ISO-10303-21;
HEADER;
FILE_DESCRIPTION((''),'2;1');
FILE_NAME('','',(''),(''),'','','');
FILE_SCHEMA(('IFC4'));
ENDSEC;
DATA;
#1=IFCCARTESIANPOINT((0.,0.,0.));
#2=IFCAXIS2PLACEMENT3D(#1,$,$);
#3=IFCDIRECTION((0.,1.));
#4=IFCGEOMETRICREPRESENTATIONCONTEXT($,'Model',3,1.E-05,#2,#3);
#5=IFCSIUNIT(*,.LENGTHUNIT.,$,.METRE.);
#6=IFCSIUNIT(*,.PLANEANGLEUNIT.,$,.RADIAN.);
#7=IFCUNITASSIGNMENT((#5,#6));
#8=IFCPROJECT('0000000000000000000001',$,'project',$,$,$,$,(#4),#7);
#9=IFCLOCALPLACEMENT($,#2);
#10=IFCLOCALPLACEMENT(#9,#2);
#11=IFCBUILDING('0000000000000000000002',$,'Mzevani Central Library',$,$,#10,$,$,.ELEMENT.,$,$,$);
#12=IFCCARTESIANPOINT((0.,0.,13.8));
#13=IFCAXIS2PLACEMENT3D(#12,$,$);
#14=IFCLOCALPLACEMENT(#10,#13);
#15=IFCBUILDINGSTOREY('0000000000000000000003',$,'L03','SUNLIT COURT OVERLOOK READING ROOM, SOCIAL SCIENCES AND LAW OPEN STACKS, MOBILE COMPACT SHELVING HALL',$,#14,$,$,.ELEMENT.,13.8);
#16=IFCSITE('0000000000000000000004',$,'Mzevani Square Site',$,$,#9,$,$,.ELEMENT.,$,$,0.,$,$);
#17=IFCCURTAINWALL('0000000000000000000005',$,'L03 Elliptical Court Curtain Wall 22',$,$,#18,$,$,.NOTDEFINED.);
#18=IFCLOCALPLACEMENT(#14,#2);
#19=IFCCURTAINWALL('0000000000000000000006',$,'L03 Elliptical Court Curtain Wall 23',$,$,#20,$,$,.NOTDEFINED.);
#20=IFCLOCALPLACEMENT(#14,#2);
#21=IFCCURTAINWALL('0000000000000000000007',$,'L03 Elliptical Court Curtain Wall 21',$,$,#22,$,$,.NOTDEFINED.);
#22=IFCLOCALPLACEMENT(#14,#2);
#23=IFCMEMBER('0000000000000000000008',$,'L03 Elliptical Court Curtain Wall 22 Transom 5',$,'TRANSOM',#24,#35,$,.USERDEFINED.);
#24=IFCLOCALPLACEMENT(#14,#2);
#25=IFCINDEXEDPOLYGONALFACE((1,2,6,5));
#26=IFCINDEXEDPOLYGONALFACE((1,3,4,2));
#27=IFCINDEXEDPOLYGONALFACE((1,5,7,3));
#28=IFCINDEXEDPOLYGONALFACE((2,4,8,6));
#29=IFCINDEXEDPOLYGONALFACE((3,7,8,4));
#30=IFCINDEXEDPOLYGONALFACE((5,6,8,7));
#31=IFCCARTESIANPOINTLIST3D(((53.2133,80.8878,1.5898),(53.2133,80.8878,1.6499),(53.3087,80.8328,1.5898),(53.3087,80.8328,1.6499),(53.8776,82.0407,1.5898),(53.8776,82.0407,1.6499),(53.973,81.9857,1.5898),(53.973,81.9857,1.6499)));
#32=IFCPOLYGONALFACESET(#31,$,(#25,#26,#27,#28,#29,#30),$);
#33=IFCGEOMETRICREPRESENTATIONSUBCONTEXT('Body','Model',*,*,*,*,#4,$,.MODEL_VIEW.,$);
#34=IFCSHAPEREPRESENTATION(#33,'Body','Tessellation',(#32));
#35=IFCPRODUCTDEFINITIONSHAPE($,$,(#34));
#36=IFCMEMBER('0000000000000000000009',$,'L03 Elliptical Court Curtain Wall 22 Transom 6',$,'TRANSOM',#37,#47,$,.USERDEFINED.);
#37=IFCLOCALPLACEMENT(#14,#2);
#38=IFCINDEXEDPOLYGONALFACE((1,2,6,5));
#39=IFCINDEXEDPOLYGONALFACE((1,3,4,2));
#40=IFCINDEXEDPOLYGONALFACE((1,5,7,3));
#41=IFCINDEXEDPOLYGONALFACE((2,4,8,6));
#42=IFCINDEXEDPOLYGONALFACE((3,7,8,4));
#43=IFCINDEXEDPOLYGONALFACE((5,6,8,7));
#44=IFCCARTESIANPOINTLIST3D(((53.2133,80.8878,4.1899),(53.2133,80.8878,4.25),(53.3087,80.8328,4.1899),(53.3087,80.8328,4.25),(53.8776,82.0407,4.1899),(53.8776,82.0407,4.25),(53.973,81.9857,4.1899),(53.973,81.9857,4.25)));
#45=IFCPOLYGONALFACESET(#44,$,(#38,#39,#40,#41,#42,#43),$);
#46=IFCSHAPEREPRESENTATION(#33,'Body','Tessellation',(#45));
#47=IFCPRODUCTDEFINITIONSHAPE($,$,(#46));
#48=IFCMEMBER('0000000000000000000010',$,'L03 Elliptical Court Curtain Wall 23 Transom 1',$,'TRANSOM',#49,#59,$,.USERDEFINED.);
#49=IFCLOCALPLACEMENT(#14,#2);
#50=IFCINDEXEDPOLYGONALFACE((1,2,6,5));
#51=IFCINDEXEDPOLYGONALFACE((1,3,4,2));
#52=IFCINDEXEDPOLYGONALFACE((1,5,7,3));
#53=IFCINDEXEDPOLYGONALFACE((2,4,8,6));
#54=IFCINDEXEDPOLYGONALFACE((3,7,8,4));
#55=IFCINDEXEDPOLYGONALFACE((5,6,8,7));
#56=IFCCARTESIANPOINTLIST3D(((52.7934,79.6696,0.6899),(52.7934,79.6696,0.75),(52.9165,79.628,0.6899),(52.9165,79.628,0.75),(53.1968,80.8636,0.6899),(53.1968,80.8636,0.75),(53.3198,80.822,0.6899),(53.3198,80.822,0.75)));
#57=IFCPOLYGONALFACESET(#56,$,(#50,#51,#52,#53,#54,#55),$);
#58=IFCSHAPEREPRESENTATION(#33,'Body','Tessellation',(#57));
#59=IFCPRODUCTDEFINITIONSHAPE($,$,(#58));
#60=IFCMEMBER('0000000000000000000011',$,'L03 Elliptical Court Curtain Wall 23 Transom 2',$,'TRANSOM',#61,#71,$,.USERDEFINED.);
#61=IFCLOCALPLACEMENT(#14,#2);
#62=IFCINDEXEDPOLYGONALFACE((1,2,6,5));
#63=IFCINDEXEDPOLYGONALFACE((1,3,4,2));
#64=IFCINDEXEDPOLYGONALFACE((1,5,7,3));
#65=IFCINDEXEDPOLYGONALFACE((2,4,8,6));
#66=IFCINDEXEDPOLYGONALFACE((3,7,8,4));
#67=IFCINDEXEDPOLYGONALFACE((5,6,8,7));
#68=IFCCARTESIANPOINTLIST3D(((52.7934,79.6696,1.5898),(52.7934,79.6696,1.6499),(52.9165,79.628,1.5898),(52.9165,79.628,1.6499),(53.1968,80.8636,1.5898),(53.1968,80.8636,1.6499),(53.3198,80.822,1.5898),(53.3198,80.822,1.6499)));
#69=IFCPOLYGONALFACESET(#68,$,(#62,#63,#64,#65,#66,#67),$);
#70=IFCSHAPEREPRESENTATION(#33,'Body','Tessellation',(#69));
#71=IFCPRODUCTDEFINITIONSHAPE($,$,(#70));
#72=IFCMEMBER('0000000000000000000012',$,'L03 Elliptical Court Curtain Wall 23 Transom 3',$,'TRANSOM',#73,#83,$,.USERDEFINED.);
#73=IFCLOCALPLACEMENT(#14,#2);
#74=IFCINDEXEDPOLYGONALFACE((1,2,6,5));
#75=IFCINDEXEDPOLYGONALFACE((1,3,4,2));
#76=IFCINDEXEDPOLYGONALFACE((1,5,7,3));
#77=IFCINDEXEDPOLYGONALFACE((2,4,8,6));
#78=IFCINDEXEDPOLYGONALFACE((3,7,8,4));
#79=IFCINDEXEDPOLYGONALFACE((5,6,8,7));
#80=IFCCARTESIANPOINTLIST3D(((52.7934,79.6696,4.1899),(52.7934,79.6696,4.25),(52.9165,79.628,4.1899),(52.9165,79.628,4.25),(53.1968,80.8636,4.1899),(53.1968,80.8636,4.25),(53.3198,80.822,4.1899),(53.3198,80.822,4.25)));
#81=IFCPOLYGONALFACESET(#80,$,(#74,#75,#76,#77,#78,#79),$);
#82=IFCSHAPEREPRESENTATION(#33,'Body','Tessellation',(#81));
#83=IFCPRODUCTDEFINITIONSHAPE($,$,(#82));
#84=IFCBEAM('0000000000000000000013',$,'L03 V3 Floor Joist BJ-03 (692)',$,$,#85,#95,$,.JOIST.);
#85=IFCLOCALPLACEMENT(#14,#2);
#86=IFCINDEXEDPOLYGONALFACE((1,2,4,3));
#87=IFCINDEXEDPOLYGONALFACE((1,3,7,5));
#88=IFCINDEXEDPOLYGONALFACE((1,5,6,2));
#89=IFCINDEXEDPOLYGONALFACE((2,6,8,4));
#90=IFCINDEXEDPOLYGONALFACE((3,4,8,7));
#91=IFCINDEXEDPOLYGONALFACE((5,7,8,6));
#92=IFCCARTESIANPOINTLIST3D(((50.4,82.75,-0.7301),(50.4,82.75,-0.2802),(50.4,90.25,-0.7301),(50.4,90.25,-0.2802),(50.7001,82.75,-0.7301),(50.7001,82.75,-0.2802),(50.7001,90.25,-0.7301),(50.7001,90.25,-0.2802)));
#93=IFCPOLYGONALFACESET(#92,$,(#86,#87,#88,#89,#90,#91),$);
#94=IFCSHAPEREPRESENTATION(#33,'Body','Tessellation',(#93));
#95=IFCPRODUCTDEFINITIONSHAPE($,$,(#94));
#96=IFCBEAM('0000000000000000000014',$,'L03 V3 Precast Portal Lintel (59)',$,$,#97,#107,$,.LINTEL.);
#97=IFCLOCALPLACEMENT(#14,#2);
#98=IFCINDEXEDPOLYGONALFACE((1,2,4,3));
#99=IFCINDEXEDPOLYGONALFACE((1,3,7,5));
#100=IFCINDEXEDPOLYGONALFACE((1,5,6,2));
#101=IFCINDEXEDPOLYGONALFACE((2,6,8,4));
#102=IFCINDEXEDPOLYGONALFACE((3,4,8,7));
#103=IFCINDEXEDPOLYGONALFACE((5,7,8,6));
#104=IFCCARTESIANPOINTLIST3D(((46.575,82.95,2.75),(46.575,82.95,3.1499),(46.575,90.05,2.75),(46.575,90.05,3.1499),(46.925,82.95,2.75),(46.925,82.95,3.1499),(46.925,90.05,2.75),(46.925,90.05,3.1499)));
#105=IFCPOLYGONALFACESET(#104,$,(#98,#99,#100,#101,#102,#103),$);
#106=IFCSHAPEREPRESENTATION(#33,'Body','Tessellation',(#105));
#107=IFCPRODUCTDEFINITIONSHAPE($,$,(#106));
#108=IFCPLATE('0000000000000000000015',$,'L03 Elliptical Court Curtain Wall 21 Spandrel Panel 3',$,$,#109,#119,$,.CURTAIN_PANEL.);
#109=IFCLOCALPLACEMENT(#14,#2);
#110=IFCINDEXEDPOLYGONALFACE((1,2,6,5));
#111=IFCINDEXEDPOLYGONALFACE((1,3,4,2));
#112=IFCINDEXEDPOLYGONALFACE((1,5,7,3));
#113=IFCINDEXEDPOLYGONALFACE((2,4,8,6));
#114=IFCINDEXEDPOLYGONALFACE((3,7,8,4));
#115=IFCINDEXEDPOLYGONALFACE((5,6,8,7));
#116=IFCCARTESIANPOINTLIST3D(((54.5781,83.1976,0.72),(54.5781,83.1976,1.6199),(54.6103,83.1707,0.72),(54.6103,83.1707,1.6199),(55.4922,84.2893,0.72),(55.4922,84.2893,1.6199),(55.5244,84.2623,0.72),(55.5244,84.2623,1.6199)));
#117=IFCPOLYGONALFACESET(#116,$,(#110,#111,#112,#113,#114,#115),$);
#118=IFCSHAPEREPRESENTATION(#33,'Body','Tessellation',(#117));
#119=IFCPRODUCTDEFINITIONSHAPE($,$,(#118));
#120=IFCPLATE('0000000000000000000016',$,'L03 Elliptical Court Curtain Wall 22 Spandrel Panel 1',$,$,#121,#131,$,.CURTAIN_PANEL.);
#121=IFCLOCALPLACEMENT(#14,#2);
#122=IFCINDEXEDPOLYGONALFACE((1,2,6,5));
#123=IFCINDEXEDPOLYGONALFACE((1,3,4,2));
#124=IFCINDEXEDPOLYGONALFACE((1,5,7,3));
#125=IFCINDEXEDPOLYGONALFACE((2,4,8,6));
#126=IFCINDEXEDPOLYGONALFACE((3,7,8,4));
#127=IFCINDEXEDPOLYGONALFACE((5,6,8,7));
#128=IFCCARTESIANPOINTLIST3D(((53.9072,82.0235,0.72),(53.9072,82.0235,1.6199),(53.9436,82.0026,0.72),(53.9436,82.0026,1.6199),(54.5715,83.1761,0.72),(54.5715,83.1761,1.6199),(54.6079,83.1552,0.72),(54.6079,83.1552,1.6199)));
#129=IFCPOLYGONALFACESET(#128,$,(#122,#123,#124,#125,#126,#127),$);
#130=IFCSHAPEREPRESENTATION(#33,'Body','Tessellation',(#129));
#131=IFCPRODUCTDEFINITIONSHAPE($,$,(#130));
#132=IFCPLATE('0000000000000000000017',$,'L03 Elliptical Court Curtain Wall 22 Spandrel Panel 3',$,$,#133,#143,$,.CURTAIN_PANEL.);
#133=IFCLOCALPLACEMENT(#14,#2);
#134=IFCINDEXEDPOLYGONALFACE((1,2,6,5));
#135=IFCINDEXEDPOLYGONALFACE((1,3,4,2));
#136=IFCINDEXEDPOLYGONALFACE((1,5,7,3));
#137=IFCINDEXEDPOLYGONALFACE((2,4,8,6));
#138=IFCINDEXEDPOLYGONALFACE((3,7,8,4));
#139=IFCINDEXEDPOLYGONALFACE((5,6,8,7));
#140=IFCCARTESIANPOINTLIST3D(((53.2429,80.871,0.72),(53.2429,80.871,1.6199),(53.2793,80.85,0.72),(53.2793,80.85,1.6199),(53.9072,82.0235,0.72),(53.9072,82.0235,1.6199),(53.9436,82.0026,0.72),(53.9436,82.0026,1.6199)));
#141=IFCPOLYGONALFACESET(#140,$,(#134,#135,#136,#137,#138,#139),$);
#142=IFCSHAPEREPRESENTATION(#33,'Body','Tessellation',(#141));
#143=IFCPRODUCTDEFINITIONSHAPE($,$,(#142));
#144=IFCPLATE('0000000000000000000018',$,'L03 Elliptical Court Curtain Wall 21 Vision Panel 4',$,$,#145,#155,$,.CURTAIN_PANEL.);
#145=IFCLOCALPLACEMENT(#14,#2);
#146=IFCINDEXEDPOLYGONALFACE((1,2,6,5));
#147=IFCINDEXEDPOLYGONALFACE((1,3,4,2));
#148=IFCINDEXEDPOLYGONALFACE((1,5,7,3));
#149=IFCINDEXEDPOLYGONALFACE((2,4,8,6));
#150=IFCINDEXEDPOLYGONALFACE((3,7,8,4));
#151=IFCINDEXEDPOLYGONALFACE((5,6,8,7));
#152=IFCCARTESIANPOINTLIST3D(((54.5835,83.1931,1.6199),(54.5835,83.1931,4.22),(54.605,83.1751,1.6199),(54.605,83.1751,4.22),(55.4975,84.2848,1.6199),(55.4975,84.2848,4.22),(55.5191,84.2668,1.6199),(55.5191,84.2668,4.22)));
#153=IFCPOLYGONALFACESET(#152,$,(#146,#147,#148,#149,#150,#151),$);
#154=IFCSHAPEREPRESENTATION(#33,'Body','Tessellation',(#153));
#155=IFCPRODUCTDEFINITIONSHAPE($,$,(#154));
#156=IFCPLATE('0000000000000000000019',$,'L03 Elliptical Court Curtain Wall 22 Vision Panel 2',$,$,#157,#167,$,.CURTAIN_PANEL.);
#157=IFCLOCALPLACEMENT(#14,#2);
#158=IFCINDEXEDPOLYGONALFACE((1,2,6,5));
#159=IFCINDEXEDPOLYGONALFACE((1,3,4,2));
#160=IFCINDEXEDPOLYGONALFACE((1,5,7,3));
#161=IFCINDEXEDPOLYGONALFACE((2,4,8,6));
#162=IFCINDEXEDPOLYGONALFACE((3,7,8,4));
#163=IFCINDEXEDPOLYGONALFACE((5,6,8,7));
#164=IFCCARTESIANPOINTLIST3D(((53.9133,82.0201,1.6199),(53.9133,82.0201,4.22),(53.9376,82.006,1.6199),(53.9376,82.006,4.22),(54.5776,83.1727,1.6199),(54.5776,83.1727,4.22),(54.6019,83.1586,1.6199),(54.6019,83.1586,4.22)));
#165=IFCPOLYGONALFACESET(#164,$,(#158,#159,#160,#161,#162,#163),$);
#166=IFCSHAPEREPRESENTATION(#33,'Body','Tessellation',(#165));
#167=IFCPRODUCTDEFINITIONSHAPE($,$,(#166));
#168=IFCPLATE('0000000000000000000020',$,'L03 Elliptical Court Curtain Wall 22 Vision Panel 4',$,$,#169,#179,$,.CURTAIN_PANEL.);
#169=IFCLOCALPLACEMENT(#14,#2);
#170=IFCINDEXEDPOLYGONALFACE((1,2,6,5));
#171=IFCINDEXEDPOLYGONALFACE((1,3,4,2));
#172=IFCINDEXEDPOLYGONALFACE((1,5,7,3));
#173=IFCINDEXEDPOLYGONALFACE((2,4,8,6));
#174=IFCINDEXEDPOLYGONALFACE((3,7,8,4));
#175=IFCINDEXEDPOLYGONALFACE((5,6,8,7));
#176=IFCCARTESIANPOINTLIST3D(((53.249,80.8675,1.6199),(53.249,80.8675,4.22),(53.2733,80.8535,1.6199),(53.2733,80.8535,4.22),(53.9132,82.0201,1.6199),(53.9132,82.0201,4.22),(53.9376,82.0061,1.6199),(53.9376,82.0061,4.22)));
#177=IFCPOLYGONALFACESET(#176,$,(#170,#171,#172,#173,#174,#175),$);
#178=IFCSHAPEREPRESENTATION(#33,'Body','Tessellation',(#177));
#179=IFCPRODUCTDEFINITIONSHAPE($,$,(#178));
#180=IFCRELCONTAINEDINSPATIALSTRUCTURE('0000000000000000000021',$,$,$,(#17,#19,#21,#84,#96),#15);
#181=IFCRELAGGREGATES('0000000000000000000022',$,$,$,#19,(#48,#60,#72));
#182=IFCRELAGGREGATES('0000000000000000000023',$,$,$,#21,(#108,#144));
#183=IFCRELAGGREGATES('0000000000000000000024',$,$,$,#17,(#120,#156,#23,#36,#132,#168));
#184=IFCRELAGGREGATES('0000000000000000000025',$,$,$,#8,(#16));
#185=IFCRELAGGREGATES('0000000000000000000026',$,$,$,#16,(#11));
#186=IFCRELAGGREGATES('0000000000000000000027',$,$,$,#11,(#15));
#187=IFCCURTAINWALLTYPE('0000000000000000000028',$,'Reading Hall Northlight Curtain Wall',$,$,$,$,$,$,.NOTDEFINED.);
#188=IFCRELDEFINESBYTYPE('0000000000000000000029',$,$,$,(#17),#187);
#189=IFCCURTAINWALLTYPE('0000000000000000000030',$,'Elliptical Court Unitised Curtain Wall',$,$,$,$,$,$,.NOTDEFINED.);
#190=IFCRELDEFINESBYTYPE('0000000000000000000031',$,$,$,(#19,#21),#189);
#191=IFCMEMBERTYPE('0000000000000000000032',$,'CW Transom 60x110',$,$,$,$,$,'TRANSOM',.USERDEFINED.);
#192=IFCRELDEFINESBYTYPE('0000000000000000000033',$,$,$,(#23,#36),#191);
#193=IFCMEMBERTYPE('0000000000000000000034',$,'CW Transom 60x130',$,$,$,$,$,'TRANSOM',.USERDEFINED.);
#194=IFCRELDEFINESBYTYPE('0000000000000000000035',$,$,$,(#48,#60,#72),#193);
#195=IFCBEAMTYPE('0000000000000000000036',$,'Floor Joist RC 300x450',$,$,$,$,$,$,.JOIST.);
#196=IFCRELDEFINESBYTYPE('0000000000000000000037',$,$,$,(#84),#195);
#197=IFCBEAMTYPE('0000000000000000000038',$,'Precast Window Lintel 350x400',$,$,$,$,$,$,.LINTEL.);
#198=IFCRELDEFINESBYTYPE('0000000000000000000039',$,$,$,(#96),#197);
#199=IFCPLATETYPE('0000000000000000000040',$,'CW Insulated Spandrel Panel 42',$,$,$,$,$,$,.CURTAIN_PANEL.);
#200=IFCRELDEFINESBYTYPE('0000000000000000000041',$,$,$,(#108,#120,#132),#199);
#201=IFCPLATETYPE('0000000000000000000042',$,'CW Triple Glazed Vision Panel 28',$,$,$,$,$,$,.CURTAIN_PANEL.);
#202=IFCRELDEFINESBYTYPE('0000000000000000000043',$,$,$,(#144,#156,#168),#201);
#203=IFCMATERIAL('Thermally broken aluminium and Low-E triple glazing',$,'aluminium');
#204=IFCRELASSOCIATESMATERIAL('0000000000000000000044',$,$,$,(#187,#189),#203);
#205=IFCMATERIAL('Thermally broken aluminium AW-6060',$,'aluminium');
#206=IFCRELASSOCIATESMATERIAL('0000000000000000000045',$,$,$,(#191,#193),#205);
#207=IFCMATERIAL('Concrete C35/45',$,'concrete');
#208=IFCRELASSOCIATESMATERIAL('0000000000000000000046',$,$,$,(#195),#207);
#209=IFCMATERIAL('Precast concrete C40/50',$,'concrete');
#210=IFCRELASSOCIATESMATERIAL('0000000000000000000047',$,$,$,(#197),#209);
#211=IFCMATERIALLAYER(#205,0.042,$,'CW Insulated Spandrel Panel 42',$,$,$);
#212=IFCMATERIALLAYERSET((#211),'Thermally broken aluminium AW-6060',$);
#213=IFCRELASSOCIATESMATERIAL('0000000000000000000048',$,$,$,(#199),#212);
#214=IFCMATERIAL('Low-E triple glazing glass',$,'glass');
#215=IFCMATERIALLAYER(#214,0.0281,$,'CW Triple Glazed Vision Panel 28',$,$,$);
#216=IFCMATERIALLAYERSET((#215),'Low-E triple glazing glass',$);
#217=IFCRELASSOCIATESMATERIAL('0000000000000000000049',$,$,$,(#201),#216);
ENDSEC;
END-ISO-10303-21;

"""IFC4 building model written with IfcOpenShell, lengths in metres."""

from ifc_helpers import new_model, si_unit, direction, frame, origin, origin_2d, place, context, subcontext, project, spatial, rectangle, extrude, material, layer, layer_set, material_profile, profile_set, type_object, element, aggregate, save


model = new_model("IFC4")

# Units and contexts
model_context = context("Model", 3, precision=1e-05, world=origin(), true_north=direction((0.0, 1.0)))
body_context = subcontext(model_context, "Body", "Model", "MODEL_VIEW")
ifc_project = project(units=[si_unit("LENGTHUNIT", "METRE"), si_unit("PLANEANGLEUNIT", "RADIAN")], contexts=[model_context])

# Site, building, storey
site_placement = place(None, origin())
site = spatial("IfcSite", under=ifc_project, at=site_placement, Name="Mzevani Square Site", CompositionType="ELEMENT", RefElevation=0.0)
building_placement = place(site_placement, origin())
building = spatial("IfcBuilding", under=site, at=building_placement, Name="Mzevani Central Library", CompositionType="ELEMENT")
storey_placement = place(building_placement, frame((0.0, 0.0, 13.8)))
storey = spatial("IfcBuildingStorey", under=building, at=storey_placement, Name="L03", Description="SUNLIT COURT OVERLOOK READING ROOM, SOCIAL SCIENCES AND LAW OPEN STACKS, MOBILE COMPACT SHELVING HALL", CompositionType="ELEMENT", Elevation=13.8)

# Shared definitions
ifc_material_1 = material(Name="Concrete C35/45", Category="concrete")

# Curtain wall
ifc_material_2 = material(Name="Thermally broken aluminium and Low-E triple glazing", Category="aluminium")
curtain_wall_type_1 = type_object("IfcCurtainWallType", Name="Reading Hall Northlight Curtain Wall", PredefinedType="NOTDEFINED", material=ifc_material_2)
curtain_wall_1_placement = place(storey_placement, origin())
curtain_wall_1 = element("IfcCurtainWall", 1, at=curtain_wall_1_placement, inside=storey, type_object=curtain_wall_type_1, Name="L03 Elliptical Court Curtain Wall 22", PredefinedType="NOTDEFINED")
ifc_material_3 = material(Name="Thermally broken aluminium AW-6060", Category="aluminium")

# Curtain walls
curtain_wall_type_2 = type_object("IfcCurtainWallType", Name="Elliptical Court Unitised Curtain Wall", PredefinedType="NOTDEFINED", material=ifc_material_2)
curtain_wall_2_placement = place(storey_placement, origin())
curtain_wall_2 = element("IfcCurtainWall", 2, at=curtain_wall_2_placement, inside=storey, type_object=curtain_wall_type_2, Name="L03 Elliptical Court Curtain Wall 23", PredefinedType="NOTDEFINED")
curtain_wall_3_placement = place(storey_placement, origin())
curtain_wall_3 = element("IfcCurtainWall", 3, at=curtain_wall_3_placement, inside=storey, type_object=curtain_wall_type_2, Name="L03 Elliptical Court Curtain Wall 21", PredefinedType="NOTDEFINED")

# Members
ifc_material_profile_1 = material_profile(ifc_material_3, rectangle(XDim=0.1101, YDim=0.0601, at=origin_2d()), Name="ALU T60x110")
ifc_profile_set_1 = profile_set([ifc_material_profile_1], Name="Thermally broken aluminium AW-6060")
member_type_1 = type_object("IfcMemberType", Name="CW Transom 60x110", ElementType="TRANSOM", PredefinedType="USERDEFINED", material=ifc_profile_set_1)
member_1_placement = place(storey_placement, frame((53.9253, 82.0132, 1.6199), z_axis=(-0.499278, -0.866442, 0.0), x_axis=(0.866442, -0.499278, 0.0)))
member_1 = element("IfcMember", 4, at=member_1_placement, type_object=member_type_1, Name="L03 Elliptical Court Curtain Wall 22 Transom 5", ObjectType="TRANSOM", PredefinedType="USERDEFINED", context=body_context, shape_type="SweptSolid", body=[
    extrude(rectangle(XDim=0.1101, YDim=0.0601, at=origin_2d()), origin(), (0.0, 0.0, 1.0), 1.3306),
])
member_2_placement = place(storey_placement, frame((53.9253, 82.0132, 4.22), z_axis=(-0.499278, -0.866442, 0.0), x_axis=(0.866442, -0.499278, 0.0)))
member_2 = element("IfcMember", 5, at=member_2_placement, type_object=member_type_1, Name="L03 Elliptical Court Curtain Wall 22 Transom 6", ObjectType="TRANSOM", PredefinedType="USERDEFINED", context=body_context, shape_type="SweptSolid", body=[
    extrude(rectangle(XDim=0.1101, YDim=0.0601, at=origin_2d()), origin(), (0.0, 0.0, 1.0), 1.3306),
])
ifc_material_profile_2 = material_profile(ifc_material_3, rectangle(XDim=0.1299, YDim=0.0601, at=origin_2d()), Name="ALU T60x130")
ifc_profile_set_2 = profile_set([ifc_material_profile_2], Name="Thermally broken aluminium AW-6060")
member_type_2 = type_object("IfcMemberType", Name="CW Transom 60x130", ElementType="TRANSOM", PredefinedType="USERDEFINED", material=ifc_profile_set_2)
member_3_placement = place(storey_placement, frame((53.2583, 80.8428, 0.72), z_axis=(-0.320061, -0.947397, 0.0), x_axis=(0.947397, -0.320061, 0.0)))
member_3 = element("IfcMember", 6, at=member_3_placement, type_object=member_type_2, Name="L03 Elliptical Court Curtain Wall 23 Transom 1", ObjectType="TRANSOM", PredefinedType="USERDEFINED", context=body_context, shape_type="SweptSolid", body=[
    extrude(rectangle(XDim=0.1299, YDim=0.0601, at=origin_2d()), origin(), (0.0, 0.0, 1.0), 1.2603),
])
member_4_placement = place(storey_placement, frame((53.2583, 80.8428, 1.6199), z_axis=(-0.320061, -0.947397, 0.0), x_axis=(0.947397, -0.320061, 0.0)))
member_4 = element("IfcMember", 7, at=member_4_placement, type_object=member_type_2, Name="L03 Elliptical Court Curtain Wall 23 Transom 2", ObjectType="TRANSOM", PredefinedType="USERDEFINED", context=body_context, shape_type="SweptSolid", body=[
    extrude(rectangle(XDim=0.1299, YDim=0.0601, at=origin_2d()), origin(), (0.0, 0.0, 1.0), 1.2603),
])
member_5_placement = place(storey_placement, frame((53.2583, 80.8428, 4.22), z_axis=(-0.320061, -0.947397, 0.0), x_axis=(0.947397, -0.320061, 0.0)))
member_5 = element("IfcMember", 8, at=member_5_placement, type_object=member_type_2, Name="L03 Elliptical Court Curtain Wall 23 Transom 3", ObjectType="TRANSOM", PredefinedType="USERDEFINED", context=body_context, shape_type="SweptSolid", body=[
    extrude(rectangle(XDim=0.1299, YDim=0.0601, at=origin_2d()), origin(), (0.0, 0.0, 1.0), 1.2603),
])
aggregate(curtain_wall_2, [member_3, member_4, member_5])

# Beams
ifc_material_profile_3 = material_profile(ifc_material_1, rectangle(XDim=0.3, YDim=0.45, at=origin_2d()), Name="RC J300x450")
ifc_profile_set_3 = profile_set([ifc_material_profile_3], Name="Concrete C35/45")
beam_type_1 = type_object("IfcBeamType", Name="Floor Joist RC 300x450", PredefinedType="JOIST", material=ifc_profile_set_3)
beam_1_placement = place(storey_placement, frame((50.55, 82.75, -0.5051), z_axis=(0.0, 1.0, 0.0), x_axis=(-1.0, 0.0, 0.0)))
element("IfcBeam", 9, at=beam_1_placement, inside=storey, type_object=beam_type_1, Name="L03 V3 Floor Joist BJ-03 (692)", PredefinedType="JOIST", context=body_context, shape_type="SweptSolid", body=[
    extrude(rectangle(XDim=0.3, YDim=0.45, at=origin_2d()), origin(), (0.0, 0.0, 1.0), 7.5),
])
ifc_material_4 = material(Name="Precast concrete C40/50", Category="concrete")
ifc_material_profile_4 = material_profile(ifc_material_4, rectangle(XDim=0.3501, YDim=0.3999, at=origin_2d()), Name="PC LN350x400")
ifc_profile_set_4 = profile_set([ifc_material_profile_4], Name="Precast concrete C40/50")
beam_type_2 = type_object("IfcBeamType", Name="Precast Window Lintel 350x400", PredefinedType="LINTEL", material=ifc_profile_set_4)
beam_2_placement = place(storey_placement, frame((46.75, 82.95, 2.95), z_axis=(0.0, 1.0, 0.0), x_axis=(-1.0, 0.0, 0.0)))
element("IfcBeam", 10, at=beam_2_placement, inside=storey, type_object=beam_type_2, Name="L03 V3 Precast Portal Lintel (59)", PredefinedType="LINTEL", context=body_context, shape_type="SweptSolid", body=[
    extrude(rectangle(XDim=0.3501, YDim=0.3999, at=origin_2d()), origin(), (0.0, 0.0, 1.0), 7.1001),
])

# Plates
ifc_layer_1 = layer(ifc_material_3, 0.042, Name="CW Insulated Spandrel Panel 42")
ifc_layer_set_1 = layer_set([ifc_layer_1], Name="Thermally broken aluminium AW-6060")
plate_type_1 = type_object("IfcPlateType", Name="CW Insulated Spandrel Panel 42", PredefinedType="CURTAIN_PANEL", material=ifc_layer_set_1)
plate_1_placement = place(storey_placement, frame((55.0513, 83.73, 0.72), z_axis=(0.0, 0.0, 1.0), x_axis=(-0.641969, -0.766731, 0.0)))
plate_1 = element("IfcPlate", 11, at=plate_1_placement, type_object=plate_type_1, Name="L03 Elliptical Court Curtain Wall 21 Spandrel Panel 3", PredefinedType="CURTAIN_PANEL", context=body_context, shape_type="SweptSolid", body=[
    extrude(rectangle(XDim=1.4238, YDim=0.042, at=origin_2d()), origin(), (0.0, 0.0, 1.0), 0.8999),
])
plate_2_placement = place(storey_placement, frame((54.2576, 82.5894, 0.72), z_axis=(0.0, 0.0, 1.0), x_axis=(-0.499345, -0.866403, 0.0)))
plate_2 = element("IfcPlate", 12, at=plate_2_placement, type_object=plate_type_1, Name="L03 Elliptical Court Curtain Wall 22 Spandrel Panel 1", PredefinedType="CURTAIN_PANEL", context=body_context, shape_type="SweptSolid", body=[
    extrude(rectangle(XDim=1.3303, YDim=0.042, at=origin_2d()), origin(), (0.0, 0.0, 1.0), 0.8999),
])
plate_3_placement = place(storey_placement, frame((53.5933, 81.4368, 0.72), z_axis=(0.0, 0.0, 1.0), x_axis=(-0.499345, -0.866403, 0.0)))
plate_3 = element("IfcPlate", 13, at=plate_3_placement, type_object=plate_type_1, Name="L03 Elliptical Court Curtain Wall 22 Spandrel Panel 3", PredefinedType="CURTAIN_PANEL", context=body_context, shape_type="SweptSolid", body=[
    extrude(rectangle(XDim=1.3303, YDim=0.042, at=origin_2d()), origin(), (0.0, 0.0, 1.0), 0.8999),
])
ifc_material_5 = material(Name="Low-E triple glazing glass", Category="glass")
ifc_layer_2 = layer(ifc_material_5, 0.0281, Name="CW Triple Glazed Vision Panel 28")
ifc_layer_set_2 = layer_set([ifc_layer_2], Name="Low-E triple glazing glass")
plate_type_2 = type_object("IfcPlateType", Name="CW Triple Glazed Vision Panel 28", PredefinedType="CURTAIN_PANEL", material=ifc_layer_set_2)
plate_4_placement = place(storey_placement, frame((55.0513, 83.73, 1.6199), z_axis=(0.0, 0.0, 1.0), x_axis=(-0.641969, -0.766731, 0.0)))
plate_4 = element("IfcPlate", 14, at=plate_4_placement, type_object=plate_type_2, Name="L03 Elliptical Court Curtain Wall 21 Vision Panel 4", PredefinedType="CURTAIN_PANEL", context=body_context, shape_type="SweptSolid", body=[
    extrude(rectangle(XDim=1.4238, YDim=0.0281, at=origin_2d()), origin(), (0.0, 0.0, 1.0), 2.6001),
])
aggregate(curtain_wall_3, [plate_1, plate_4])
plate_5_placement = place(storey_placement, frame((54.2576, 82.5894, 1.6199), z_axis=(0.0, 0.0, 1.0), x_axis=(-0.499345, -0.866403, 0.0)))
plate_5 = element("IfcPlate", 15, at=plate_5_placement, type_object=plate_type_2, Name="L03 Elliptical Court Curtain Wall 22 Vision Panel 2", PredefinedType="CURTAIN_PANEL", context=body_context, shape_type="SweptSolid", body=[
    extrude(rectangle(XDim=1.3303, YDim=0.0281, at=origin_2d()), origin(), (0.0, 0.0, 1.0), 2.6001),
])
plate_6_placement = place(storey_placement, frame((53.5933, 81.4368, 1.6199), z_axis=(0.0, 0.0, 1.0), x_axis=(-0.499345, -0.866403, 0.0)))
plate_6 = element("IfcPlate", 16, at=plate_6_placement, type_object=plate_type_2, Name="L03 Elliptical Court Curtain Wall 22 Vision Panel 4", PredefinedType="CURTAIN_PANEL", context=body_context, shape_type="SweptSolid", body=[
    extrude(rectangle(XDim=1.3303, YDim=0.0281, at=origin_2d()), origin(), (0.0, 0.0, 1.0), 2.6001),
])
aggregate(curtain_wall_1, [plate_2, plate_5, member_1, member_2, plate_3, plate_6])

save(model, "model.ifc")
